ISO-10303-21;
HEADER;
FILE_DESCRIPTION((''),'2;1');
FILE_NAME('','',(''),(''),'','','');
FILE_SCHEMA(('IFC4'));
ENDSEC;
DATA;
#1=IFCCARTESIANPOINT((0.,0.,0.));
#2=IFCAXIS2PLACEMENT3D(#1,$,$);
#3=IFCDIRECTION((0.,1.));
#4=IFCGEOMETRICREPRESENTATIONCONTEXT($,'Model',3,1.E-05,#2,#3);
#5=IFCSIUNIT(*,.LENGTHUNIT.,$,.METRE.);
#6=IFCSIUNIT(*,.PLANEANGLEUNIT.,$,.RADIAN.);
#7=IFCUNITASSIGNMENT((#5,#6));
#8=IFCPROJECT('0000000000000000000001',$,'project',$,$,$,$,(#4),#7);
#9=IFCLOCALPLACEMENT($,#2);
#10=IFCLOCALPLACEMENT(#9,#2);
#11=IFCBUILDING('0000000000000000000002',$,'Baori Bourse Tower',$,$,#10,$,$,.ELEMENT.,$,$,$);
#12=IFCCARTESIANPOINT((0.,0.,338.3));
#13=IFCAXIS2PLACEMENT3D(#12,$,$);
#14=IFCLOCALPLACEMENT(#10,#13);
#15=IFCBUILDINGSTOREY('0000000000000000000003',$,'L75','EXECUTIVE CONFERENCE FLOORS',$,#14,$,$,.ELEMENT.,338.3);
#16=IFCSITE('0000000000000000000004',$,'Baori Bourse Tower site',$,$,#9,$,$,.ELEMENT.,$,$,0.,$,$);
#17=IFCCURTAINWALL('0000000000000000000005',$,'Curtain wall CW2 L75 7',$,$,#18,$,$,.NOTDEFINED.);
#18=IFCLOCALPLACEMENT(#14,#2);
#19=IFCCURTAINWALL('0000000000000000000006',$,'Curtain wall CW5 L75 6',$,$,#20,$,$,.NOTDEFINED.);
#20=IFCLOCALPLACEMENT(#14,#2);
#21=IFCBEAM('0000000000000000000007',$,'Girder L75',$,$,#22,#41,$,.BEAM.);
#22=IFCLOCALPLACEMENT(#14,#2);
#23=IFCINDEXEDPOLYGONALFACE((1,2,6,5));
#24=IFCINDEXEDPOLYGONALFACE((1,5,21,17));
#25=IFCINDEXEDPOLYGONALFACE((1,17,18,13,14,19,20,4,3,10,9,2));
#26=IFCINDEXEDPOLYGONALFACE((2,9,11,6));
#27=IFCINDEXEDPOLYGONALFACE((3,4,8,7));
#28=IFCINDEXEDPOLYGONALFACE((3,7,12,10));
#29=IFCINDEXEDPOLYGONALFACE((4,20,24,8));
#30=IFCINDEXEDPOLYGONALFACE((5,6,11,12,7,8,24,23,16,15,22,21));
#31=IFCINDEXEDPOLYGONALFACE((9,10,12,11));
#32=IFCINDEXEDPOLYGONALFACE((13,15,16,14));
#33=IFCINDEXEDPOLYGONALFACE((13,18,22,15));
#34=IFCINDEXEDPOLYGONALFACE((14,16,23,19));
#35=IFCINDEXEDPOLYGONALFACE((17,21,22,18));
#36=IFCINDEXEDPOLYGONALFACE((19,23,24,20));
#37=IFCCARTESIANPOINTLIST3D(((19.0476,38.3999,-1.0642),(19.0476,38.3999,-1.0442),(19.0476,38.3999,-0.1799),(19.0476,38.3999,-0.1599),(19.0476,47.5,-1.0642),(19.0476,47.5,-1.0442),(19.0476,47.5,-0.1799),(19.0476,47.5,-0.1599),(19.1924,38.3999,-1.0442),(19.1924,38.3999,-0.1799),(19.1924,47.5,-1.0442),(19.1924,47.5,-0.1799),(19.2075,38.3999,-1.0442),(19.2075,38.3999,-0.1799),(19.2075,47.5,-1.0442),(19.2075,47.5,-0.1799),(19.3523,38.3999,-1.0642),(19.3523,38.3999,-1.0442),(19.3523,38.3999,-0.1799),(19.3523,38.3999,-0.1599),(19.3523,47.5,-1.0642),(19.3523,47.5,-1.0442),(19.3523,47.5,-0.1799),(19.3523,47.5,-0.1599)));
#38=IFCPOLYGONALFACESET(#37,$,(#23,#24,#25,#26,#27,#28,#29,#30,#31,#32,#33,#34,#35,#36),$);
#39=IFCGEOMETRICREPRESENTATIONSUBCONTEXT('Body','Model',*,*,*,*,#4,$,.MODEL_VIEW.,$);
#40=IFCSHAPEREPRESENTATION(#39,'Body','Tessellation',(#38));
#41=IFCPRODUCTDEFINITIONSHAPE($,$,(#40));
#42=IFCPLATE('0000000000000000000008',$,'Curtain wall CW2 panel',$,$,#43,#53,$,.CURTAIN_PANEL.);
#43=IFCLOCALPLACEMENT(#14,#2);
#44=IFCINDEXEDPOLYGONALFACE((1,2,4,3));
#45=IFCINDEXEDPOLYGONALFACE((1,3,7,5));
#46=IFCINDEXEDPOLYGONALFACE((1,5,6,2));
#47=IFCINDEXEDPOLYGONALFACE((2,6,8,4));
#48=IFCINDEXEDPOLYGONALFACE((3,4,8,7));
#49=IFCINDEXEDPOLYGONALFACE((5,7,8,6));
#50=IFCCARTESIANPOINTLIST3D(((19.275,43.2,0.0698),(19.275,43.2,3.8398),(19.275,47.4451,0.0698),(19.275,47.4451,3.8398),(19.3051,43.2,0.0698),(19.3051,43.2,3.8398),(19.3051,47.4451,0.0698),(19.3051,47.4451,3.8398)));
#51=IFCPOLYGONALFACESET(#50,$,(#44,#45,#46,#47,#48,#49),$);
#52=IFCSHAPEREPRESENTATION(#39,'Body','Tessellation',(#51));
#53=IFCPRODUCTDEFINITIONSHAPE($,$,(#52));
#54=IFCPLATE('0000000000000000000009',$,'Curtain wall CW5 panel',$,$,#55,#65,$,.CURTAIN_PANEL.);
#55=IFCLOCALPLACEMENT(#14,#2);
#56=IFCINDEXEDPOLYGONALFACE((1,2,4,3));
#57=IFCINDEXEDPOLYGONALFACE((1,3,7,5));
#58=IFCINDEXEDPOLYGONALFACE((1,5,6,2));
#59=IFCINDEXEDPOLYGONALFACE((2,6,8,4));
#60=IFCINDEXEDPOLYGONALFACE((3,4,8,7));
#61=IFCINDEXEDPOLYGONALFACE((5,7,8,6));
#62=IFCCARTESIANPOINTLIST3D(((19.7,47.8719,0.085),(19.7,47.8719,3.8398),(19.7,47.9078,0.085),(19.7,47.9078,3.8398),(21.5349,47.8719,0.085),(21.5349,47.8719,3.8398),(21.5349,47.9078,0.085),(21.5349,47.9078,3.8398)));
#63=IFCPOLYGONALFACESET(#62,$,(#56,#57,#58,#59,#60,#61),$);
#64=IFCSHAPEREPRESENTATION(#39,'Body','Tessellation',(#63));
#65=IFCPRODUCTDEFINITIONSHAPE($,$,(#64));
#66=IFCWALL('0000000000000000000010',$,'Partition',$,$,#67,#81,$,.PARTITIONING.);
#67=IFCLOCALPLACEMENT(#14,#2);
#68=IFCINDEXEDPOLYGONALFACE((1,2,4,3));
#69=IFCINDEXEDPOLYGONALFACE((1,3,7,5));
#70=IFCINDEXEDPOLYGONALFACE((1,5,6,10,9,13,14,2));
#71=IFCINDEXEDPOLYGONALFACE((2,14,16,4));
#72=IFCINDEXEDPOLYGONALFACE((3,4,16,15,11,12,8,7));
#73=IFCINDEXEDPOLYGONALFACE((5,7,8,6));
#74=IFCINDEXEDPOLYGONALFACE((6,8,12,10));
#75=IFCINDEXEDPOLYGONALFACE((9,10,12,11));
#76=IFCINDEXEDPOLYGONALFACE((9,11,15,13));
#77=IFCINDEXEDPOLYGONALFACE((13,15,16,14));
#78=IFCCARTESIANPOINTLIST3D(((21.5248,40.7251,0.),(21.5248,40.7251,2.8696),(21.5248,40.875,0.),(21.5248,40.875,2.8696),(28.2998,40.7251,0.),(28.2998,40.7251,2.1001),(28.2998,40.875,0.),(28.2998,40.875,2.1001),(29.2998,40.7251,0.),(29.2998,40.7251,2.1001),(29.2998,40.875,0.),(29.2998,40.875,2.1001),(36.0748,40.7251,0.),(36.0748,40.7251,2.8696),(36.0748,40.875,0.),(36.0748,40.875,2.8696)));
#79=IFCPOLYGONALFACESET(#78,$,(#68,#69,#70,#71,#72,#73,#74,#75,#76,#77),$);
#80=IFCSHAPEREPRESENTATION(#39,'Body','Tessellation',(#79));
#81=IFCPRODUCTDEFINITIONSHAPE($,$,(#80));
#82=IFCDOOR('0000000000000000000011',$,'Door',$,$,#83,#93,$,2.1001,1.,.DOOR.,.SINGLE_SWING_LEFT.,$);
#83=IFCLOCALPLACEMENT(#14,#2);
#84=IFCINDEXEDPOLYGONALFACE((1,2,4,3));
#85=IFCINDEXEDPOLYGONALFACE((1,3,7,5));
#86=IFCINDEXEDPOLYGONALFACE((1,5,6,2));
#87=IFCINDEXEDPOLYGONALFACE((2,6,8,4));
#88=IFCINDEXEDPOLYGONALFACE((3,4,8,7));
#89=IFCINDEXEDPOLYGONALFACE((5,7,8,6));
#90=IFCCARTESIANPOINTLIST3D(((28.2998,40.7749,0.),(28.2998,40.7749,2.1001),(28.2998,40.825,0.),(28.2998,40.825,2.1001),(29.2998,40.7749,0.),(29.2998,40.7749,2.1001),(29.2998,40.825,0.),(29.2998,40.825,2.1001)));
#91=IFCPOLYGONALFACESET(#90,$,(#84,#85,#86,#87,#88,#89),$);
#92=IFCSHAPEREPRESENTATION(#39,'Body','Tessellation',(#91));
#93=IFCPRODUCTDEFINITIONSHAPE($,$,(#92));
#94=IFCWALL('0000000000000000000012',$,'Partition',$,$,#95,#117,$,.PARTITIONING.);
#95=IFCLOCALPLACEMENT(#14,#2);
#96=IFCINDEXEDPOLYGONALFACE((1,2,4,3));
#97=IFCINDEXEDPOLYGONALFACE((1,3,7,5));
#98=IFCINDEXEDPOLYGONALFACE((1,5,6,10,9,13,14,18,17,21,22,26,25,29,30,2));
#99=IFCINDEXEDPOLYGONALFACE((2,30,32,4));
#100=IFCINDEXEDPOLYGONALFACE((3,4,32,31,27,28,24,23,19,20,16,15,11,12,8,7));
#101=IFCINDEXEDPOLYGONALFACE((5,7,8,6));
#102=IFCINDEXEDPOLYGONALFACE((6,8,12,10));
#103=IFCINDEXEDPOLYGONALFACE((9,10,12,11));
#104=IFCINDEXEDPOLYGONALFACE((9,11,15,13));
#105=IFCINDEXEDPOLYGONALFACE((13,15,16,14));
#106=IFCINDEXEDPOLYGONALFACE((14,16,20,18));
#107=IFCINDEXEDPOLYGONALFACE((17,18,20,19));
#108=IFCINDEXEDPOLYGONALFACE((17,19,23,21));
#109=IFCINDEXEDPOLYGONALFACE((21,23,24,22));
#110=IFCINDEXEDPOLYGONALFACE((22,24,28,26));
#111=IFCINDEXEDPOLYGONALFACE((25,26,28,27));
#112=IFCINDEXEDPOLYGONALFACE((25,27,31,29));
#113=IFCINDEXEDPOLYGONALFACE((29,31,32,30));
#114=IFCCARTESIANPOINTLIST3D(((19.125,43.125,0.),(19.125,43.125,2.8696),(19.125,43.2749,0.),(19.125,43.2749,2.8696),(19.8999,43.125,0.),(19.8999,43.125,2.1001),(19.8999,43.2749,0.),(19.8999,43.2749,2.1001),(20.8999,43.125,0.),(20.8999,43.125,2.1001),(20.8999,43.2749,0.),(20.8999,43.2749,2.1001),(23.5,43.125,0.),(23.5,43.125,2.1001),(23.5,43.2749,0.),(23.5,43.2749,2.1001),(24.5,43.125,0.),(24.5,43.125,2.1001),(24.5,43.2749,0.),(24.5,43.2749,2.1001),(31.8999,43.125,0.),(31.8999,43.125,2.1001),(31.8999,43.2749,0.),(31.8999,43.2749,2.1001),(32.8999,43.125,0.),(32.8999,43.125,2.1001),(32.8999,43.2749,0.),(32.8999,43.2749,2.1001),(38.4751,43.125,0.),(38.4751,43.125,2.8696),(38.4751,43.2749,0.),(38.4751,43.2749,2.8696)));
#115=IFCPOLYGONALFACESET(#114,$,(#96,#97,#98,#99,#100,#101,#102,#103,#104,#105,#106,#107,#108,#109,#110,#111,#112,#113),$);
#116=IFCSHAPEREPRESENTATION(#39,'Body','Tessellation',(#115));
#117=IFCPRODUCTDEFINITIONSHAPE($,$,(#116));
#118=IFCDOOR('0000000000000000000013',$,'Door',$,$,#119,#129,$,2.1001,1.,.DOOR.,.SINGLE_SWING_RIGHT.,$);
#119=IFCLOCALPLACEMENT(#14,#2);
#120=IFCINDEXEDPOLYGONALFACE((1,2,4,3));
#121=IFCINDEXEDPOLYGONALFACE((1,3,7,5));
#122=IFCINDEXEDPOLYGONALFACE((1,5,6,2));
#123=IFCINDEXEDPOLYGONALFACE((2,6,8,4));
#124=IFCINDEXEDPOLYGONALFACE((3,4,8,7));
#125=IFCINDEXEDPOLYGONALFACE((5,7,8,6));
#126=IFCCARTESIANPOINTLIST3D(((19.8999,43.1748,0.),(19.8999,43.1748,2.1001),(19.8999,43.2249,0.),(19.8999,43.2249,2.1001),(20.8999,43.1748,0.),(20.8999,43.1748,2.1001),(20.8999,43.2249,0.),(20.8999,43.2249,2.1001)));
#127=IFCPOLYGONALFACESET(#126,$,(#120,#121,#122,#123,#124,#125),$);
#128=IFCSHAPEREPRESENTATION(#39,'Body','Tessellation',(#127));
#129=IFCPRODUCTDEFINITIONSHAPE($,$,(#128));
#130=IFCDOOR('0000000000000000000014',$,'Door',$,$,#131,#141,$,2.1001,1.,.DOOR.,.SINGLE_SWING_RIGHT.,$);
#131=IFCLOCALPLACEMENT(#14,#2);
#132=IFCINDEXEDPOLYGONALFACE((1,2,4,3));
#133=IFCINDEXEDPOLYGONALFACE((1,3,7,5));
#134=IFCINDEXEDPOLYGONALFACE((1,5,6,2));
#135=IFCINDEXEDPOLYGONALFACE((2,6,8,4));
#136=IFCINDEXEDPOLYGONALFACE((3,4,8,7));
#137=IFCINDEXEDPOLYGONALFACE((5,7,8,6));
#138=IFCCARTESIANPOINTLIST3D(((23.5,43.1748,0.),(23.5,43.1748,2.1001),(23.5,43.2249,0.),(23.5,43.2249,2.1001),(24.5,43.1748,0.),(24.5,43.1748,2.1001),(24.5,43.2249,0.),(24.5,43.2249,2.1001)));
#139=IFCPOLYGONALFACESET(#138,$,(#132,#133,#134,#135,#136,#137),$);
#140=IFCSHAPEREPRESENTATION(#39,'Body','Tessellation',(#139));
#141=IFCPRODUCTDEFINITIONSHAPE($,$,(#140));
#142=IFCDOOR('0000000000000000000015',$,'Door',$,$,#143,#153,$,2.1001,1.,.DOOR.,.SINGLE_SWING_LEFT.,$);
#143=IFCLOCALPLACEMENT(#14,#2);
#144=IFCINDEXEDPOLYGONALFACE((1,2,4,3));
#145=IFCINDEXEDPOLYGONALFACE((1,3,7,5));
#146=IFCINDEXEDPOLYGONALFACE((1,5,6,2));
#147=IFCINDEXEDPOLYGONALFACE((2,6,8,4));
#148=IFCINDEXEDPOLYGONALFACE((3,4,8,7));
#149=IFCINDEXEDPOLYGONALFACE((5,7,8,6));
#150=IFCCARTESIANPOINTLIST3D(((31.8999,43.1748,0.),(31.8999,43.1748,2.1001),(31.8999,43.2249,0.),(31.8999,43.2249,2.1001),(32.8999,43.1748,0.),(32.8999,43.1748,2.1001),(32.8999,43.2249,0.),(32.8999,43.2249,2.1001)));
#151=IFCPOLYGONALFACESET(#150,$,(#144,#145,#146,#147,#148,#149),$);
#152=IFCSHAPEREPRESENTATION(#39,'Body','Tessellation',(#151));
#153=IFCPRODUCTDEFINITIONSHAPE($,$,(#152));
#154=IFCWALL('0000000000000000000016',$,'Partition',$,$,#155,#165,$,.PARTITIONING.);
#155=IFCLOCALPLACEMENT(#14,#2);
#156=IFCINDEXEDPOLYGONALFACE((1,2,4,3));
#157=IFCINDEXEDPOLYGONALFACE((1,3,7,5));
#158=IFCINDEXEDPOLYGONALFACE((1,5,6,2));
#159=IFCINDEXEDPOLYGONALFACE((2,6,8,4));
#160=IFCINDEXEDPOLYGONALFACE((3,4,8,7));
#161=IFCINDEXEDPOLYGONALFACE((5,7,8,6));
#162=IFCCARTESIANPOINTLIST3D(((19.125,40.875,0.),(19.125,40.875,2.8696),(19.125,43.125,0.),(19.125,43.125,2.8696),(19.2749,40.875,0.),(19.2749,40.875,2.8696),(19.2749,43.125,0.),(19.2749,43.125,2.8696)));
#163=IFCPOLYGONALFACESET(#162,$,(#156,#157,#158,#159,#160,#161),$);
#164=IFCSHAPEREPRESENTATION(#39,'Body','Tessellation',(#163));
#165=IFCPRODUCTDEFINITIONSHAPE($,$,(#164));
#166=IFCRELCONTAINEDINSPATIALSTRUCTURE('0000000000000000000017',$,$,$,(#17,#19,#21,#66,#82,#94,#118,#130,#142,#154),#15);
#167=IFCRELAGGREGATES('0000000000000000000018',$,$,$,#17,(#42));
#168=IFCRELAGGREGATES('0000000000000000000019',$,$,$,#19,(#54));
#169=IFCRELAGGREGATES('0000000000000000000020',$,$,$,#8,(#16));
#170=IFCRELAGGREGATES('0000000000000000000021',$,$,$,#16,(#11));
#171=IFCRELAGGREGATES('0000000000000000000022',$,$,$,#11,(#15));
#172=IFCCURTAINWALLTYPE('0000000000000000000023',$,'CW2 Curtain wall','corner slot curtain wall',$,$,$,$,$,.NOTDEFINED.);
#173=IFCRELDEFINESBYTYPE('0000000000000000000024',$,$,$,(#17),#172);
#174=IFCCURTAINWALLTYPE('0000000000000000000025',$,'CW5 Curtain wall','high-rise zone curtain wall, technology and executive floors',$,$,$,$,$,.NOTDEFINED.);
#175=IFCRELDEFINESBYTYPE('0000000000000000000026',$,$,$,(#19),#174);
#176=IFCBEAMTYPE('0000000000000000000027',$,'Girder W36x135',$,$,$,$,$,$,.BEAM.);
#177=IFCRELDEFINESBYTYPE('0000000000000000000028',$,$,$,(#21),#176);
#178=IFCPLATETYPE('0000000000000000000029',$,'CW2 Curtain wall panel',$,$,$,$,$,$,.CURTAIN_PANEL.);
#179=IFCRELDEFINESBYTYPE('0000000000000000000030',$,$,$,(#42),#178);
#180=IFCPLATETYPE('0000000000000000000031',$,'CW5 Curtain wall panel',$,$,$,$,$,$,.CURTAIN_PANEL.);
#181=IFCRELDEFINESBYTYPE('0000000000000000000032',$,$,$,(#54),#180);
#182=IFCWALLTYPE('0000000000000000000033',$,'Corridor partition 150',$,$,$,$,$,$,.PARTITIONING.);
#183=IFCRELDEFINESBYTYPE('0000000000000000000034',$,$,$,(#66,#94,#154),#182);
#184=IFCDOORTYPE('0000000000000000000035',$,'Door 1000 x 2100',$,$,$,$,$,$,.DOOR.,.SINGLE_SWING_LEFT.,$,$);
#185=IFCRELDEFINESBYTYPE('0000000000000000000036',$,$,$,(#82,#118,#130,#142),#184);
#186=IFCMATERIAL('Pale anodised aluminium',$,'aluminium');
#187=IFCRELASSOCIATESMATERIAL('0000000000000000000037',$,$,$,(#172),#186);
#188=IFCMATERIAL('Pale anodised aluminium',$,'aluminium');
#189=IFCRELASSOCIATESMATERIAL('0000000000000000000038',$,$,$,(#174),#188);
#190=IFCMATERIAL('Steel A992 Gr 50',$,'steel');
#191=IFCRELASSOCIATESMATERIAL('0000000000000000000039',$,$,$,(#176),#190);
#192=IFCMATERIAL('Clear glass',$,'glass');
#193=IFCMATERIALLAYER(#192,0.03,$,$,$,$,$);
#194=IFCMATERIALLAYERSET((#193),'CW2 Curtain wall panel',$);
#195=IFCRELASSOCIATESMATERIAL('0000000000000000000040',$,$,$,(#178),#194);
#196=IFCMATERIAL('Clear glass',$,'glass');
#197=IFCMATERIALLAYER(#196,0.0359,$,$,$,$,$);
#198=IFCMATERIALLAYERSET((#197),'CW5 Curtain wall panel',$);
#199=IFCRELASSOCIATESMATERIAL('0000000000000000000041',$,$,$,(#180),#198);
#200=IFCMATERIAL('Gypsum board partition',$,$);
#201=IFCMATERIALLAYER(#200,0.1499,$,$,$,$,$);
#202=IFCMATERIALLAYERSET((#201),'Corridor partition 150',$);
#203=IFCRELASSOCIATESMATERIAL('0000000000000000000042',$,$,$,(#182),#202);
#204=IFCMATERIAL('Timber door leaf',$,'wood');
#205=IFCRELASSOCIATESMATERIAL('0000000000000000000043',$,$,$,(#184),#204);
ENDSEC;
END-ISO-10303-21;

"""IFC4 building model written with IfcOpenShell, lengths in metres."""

from ifc_helpers import new_model, si_unit, direction, frame, frame_2d, origin, origin_2d, place, context, subcontext, project, spatial, rectangle, i_section, extrude, material, layer, layer_set, material_profile, profile_set, type_object, element, fill, aggregate, save


model = new_model("IFC4")

# Units and contexts
model_context = context("Model", 3, precision=1e-05, world=origin(), true_north=direction((0.0, 1.0)))
body_context = subcontext(model_context, "Body", "Model", "MODEL_VIEW")
ifc_project = project(units=[si_unit("LENGTHUNIT", "METRE"), si_unit("PLANEANGLEUNIT", "RADIAN")], contexts=[model_context])

# Site, building, storey
site_placement = place(None, origin())
site = spatial("IfcSite", under=ifc_project, at=site_placement, Name="Baori Bourse Tower site", CompositionType="ELEMENT", RefElevation=0.0)
building_placement = place(site_placement, origin())
building = spatial("IfcBuilding", under=site, at=building_placement, Name="Baori Bourse Tower", CompositionType="ELEMENT")
storey_placement = place(building_placement, frame((0.0, 0.0, 338.3)))
storey = spatial("IfcBuildingStorey", under=building, at=storey_placement, Name="L75", Description="EXECUTIVE CONFERENCE FLOORS", CompositionType="ELEMENT", Elevation=338.3)

# Curtain wall
ifc_material_1 = material(Name="Pale anodised aluminium", Category="aluminium")
curtain_wall_type_1 = type_object("IfcCurtainWallType", Name="CW2 Curtain wall", Description="corner slot curtain wall", PredefinedType="NOTDEFINED", material=ifc_material_1)
curtain_wall_1_placement = place(storey_placement, origin())
curtain_wall_1 = element("IfcCurtainWall", 1, at=curtain_wall_1_placement, inside=storey, type_object=curtain_wall_type_1, Name="Curtain wall CW2 L75 7", PredefinedType="NOTDEFINED")

# Curtain wall
ifc_material_2 = material(Name="Pale anodised aluminium", Category="aluminium")
curtain_wall_type_2 = type_object("IfcCurtainWallType", Name="CW5 Curtain wall", Description="high-rise zone curtain wall, technology and executive floors", PredefinedType="NOTDEFINED", material=ifc_material_2)
curtain_wall_2_placement = place(storey_placement, origin())
curtain_wall_2 = element("IfcCurtainWall", 2, at=curtain_wall_2_placement, inside=storey, type_object=curtain_wall_type_2, Name="Curtain wall CW5 L75 6", PredefinedType="NOTDEFINED")

# Beam
ifc_material_3 = material(Name="Steel A992 Gr 50", Category="steel")
ifc_material_profile_1 = material_profile(ifc_material_3, i_section(OverallWidth=0.3047, OverallDepth=0.9043, WebThickness=0.0151, FlangeThickness=0.02, at=origin_2d()), Name="W36x135")
ifc_profile_set_1 = profile_set([ifc_material_profile_1], Name="Steel A992 Gr 50")
beam_type_1 = type_object("IfcBeamType", Name="Girder W36x135", PredefinedType="BEAM", material=ifc_profile_set_1)
beam_1_placement = place(storey_placement, frame((19.2, 38.3999, -0.6121), z_axis=(0.0, 1.0, 0.0), x_axis=(-1.0, 0.0, 0.0)))
element("IfcBeam", 3, at=beam_1_placement, inside=storey, type_object=beam_type_1, Name="Girder L75", PredefinedType="BEAM", context=body_context, shape_type="SweptSolid", body=[
    extrude(i_section(OverallWidth=0.3047, OverallDepth=0.9043, WebThickness=0.0151, FlangeThickness=0.02, at=origin_2d()), origin(), (0.0, 0.0, 1.0), 9.1001),
])

# Plates
ifc_material_4 = material(Name="Clear glass", Category="glass")
ifc_layer_1 = layer(ifc_material_4, 0.03)
ifc_layer_set_1 = layer_set([ifc_layer_1], Name="CW2 Curtain wall panel")
plate_type_1 = type_object("IfcPlateType", Name="CW2 Curtain wall panel", PredefinedType="CURTAIN_PANEL", material=ifc_layer_set_1)
plate_1_placement = place(storey_placement, frame((19.29, 45.3225, 0.0698), z_axis=(0.0, 0.0, 1.0), x_axis=(0.0, -1.0, 0.0)))
plate_1 = element("IfcPlate", 4, at=plate_1_placement, type_object=plate_type_1, Name="Curtain wall CW2 panel", PredefinedType="CURTAIN_PANEL", context=body_context, shape_type="SweptSolid", body=[
    extrude(rectangle(XDim=4.2451, YDim=0.03, at=origin_2d()), origin(), (0.0, 0.0, 1.0), 3.77),
])
aggregate(curtain_wall_1, [plate_1])
ifc_material_5 = material(Name="Clear glass", Category="glass")
ifc_layer_2 = layer(ifc_material_5, 0.0359)
ifc_layer_set_2 = layer_set([ifc_layer_2], Name="CW5 Curtain wall panel")
plate_type_2 = type_object("IfcPlateType", Name="CW5 Curtain wall panel", PredefinedType="CURTAIN_PANEL", material=ifc_layer_set_2)
plate_2_placement = place(storey_placement, frame((20.6174, 47.8899, 0.085), z_axis=(0.0, 0.0, 1.0), x_axis=(-1.0, 0.0, 0.0)))
plate_2 = element("IfcPlate", 5, at=plate_2_placement, type_object=plate_type_2, Name="Curtain wall CW5 panel", PredefinedType="CURTAIN_PANEL", context=body_context, shape_type="SweptSolid", body=[
    extrude(rectangle(XDim=1.835, YDim=0.0359, at=origin_2d()), origin(), (0.0, 0.0, 1.0), 3.7549),
])
aggregate(curtain_wall_2, [plate_2])

# Wall, opening, door
ifc_material_6 = material(Name="Gypsum board partition")
ifc_layer_3 = layer(ifc_material_6, 0.1499)
ifc_layer_set_3 = layer_set([ifc_layer_3], Name="Corridor partition 150")
wall_type_1 = type_object("IfcWallType", Name="Corridor partition 150", PredefinedType="PARTITIONING", material=ifc_layer_set_3)
wall_1_placement = place(storey_placement, frame((21.5249, 40.8, 0.0), z_axis=(0.0, 0.0, 1.0), x_axis=(1.0, 0.0, 0.0)))
wall_1 = element("IfcWall", 6, at=wall_1_placement, inside=storey, type_object=wall_type_1, Name="Partition", PredefinedType="PARTITIONING", context=body_context, shape_type="SweptSolid", body=[
    extrude(rectangle(XDim=14.55, YDim=0.1499, at=frame_2d((7.2749, 0.0))), origin(), (0.0, 0.0, 1.0), 2.8696),
])
opening_1_placement = place(wall_1_placement, frame((6.7749, 0.0, 0.0)))
opening_1 = element("IfcOpeningElement", 7, at=opening_1_placement, cuts=wall_1, PredefinedType="OPENING", context=body_context, shape_type="SweptSolid", body=[
    extrude(rectangle(XDim=1.0, YDim=2.1001, at=frame_2d((0.5, 1.05))), frame((0.0, 0.085, 0.0), z_axis=(0.0, -1.0, 0.0), x_axis=(1.0, 0.0, 0.0)), (0.0, 0.0, 1.0), 0.1699),
])
ifc_material_7 = material(Name="Timber door leaf", Category="wood")
door_type = type_object("IfcDoorType", Name="Door 1000 x 2100", OperationType="SINGLE_SWING_LEFT", PredefinedType="DOOR", material=ifc_material_7)
door_1_placement = place(opening_1_placement, origin())
door_1 = element("IfcDoor", 8, at=door_1_placement, inside=storey, type_object=door_type, Name="Door", OperationType="SINGLE_SWING_LEFT", OverallHeight=2.1001, OverallWidth=1.0, PredefinedType="DOOR", context=body_context, shape_type="SweptSolid", body=[
    extrude(rectangle(XDim=1.0, YDim=2.1001, at=frame_2d((0.5, 1.05))), frame((0.0, 0.0249, 0.0), z_axis=(0.0, -1.0, 0.0), x_axis=(1.0, 0.0, 0.0)), (0.0, 0.0, 1.0), 0.05),
])
fill(opening_1, door_1)

# Wall, openings, doors
wall_2_placement = place(storey_placement, frame((19.125, 43.2, 0.0), z_axis=(0.0, 0.0, 1.0), x_axis=(1.0, 0.0, 0.0)))
wall_2 = element("IfcWall", 9, at=wall_2_placement, inside=storey, type_object=wall_type_1, Name="Partition", PredefinedType="PARTITIONING", context=body_context, shape_type="SweptSolid", body=[
    extrude(rectangle(XDim=19.3501, YDim=0.1499, at=frame_2d((9.675, 0.0))), origin(), (0.0, 0.0, 1.0), 2.8696),
])
opening_2_placement = place(wall_2_placement, frame((0.7749, 0.0, 0.0)))
opening_2 = element("IfcOpeningElement", 10, at=opening_2_placement, cuts=wall_2, PredefinedType="OPENING", context=body_context, shape_type="SweptSolid", body=[
    extrude(rectangle(XDim=1.0, YDim=2.1001, at=frame_2d((0.5, 1.05))), frame((0.0, 0.085, 0.0), z_axis=(0.0, -1.0, 0.0), x_axis=(1.0, 0.0, 0.0)), (0.0, 0.0, 1.0), 0.1699),
])
opening_3_placement = place(wall_2_placement, frame((4.375, 0.0, 0.0)))
opening_3 = element("IfcOpeningElement", 11, at=opening_3_placement, cuts=wall_2, PredefinedType="OPENING", context=body_context, shape_type="SweptSolid", body=[
    extrude(rectangle(XDim=1.0, YDim=2.1001, at=frame_2d((0.5, 1.05))), frame((0.0, 0.085, 0.0), z_axis=(0.0, -1.0, 0.0), x_axis=(1.0, 0.0, 0.0)), (0.0, 0.0, 1.0), 0.1699),
])
opening_4_placement = place(wall_2_placement, frame((12.7749, 0.0, 0.0)))
opening_4 = element("IfcOpeningElement", 12, at=opening_4_placement, cuts=wall_2, PredefinedType="OPENING", context=body_context, shape_type="SweptSolid", body=[
    extrude(rectangle(XDim=1.0, YDim=2.1001, at=frame_2d((0.5, 1.05))), frame((0.0, 0.085, 0.0), z_axis=(0.0, -1.0, 0.0), x_axis=(1.0, 0.0, 0.0)), (0.0, 0.0, 1.0), 0.1699),
])
door_2_placement = place(opening_2_placement, origin())
door_2 = element("IfcDoor", 13, at=door_2_placement, inside=storey, type_object=door_type, Name="Door", OperationType="SINGLE_SWING_RIGHT", OverallHeight=2.1001, OverallWidth=1.0, PredefinedType="DOOR", context=body_context, shape_type="SweptSolid", body=[
    extrude(rectangle(XDim=1.0, YDim=2.1001, at=frame_2d((0.5, 1.05))), frame((0.0, 0.0249, 0.0), z_axis=(0.0, -1.0, 0.0), x_axis=(1.0, 0.0, 0.0)), (0.0, 0.0, 1.0), 0.05),
])
fill(opening_2, door_2)
door_3_placement = place(opening_3_placement, origin())
door_3 = element("IfcDoor", 14, at=door_3_placement, inside=storey, type_object=door_type, Name="Door", OperationType="SINGLE_SWING_RIGHT", OverallHeight=2.1001, OverallWidth=1.0, PredefinedType="DOOR", context=body_context, shape_type="SweptSolid", body=[
    extrude(rectangle(XDim=1.0, YDim=2.1001, at=frame_2d((0.5, 1.05))), frame((0.0, 0.0249, 0.0), z_axis=(0.0, -1.0, 0.0), x_axis=(1.0, 0.0, 0.0)), (0.0, 0.0, 1.0), 0.05),
])
fill(opening_3, door_3)
door_4_placement = place(opening_4_placement, origin())
door_4 = element("IfcDoor", 15, at=door_4_placement, inside=storey, type_object=door_type, Name="Door", OperationType="SINGLE_SWING_LEFT", OverallHeight=2.1001, OverallWidth=1.0, PredefinedType="DOOR", context=body_context, shape_type="SweptSolid", body=[
    extrude(rectangle(XDim=1.0, YDim=2.1001, at=frame_2d((0.5, 1.05))), frame((0.0, 0.0249, 0.0), z_axis=(0.0, -1.0, 0.0), x_axis=(1.0, 0.0, 0.0)), (0.0, 0.0, 1.0), 0.05),
])
fill(opening_4, door_4)

# Wall
wall_3_placement = place(storey_placement, frame((19.2, 40.875, 0.0), z_axis=(0.0, 0.0, 1.0), x_axis=(0.0, 1.0, 0.0)))
element("IfcWall", 16, at=wall_3_placement, inside=storey, type_object=wall_type_1, Name="Partition", PredefinedType="PARTITIONING", context=body_context, shape_type="SweptSolid", body=[
    extrude(rectangle(XDim=2.25, YDim=0.1499, at=frame_2d((1.125, 0.0))), origin(), (0.0, 0.0, 1.0), 2.8696),
])

save(model, "model.ifc")
